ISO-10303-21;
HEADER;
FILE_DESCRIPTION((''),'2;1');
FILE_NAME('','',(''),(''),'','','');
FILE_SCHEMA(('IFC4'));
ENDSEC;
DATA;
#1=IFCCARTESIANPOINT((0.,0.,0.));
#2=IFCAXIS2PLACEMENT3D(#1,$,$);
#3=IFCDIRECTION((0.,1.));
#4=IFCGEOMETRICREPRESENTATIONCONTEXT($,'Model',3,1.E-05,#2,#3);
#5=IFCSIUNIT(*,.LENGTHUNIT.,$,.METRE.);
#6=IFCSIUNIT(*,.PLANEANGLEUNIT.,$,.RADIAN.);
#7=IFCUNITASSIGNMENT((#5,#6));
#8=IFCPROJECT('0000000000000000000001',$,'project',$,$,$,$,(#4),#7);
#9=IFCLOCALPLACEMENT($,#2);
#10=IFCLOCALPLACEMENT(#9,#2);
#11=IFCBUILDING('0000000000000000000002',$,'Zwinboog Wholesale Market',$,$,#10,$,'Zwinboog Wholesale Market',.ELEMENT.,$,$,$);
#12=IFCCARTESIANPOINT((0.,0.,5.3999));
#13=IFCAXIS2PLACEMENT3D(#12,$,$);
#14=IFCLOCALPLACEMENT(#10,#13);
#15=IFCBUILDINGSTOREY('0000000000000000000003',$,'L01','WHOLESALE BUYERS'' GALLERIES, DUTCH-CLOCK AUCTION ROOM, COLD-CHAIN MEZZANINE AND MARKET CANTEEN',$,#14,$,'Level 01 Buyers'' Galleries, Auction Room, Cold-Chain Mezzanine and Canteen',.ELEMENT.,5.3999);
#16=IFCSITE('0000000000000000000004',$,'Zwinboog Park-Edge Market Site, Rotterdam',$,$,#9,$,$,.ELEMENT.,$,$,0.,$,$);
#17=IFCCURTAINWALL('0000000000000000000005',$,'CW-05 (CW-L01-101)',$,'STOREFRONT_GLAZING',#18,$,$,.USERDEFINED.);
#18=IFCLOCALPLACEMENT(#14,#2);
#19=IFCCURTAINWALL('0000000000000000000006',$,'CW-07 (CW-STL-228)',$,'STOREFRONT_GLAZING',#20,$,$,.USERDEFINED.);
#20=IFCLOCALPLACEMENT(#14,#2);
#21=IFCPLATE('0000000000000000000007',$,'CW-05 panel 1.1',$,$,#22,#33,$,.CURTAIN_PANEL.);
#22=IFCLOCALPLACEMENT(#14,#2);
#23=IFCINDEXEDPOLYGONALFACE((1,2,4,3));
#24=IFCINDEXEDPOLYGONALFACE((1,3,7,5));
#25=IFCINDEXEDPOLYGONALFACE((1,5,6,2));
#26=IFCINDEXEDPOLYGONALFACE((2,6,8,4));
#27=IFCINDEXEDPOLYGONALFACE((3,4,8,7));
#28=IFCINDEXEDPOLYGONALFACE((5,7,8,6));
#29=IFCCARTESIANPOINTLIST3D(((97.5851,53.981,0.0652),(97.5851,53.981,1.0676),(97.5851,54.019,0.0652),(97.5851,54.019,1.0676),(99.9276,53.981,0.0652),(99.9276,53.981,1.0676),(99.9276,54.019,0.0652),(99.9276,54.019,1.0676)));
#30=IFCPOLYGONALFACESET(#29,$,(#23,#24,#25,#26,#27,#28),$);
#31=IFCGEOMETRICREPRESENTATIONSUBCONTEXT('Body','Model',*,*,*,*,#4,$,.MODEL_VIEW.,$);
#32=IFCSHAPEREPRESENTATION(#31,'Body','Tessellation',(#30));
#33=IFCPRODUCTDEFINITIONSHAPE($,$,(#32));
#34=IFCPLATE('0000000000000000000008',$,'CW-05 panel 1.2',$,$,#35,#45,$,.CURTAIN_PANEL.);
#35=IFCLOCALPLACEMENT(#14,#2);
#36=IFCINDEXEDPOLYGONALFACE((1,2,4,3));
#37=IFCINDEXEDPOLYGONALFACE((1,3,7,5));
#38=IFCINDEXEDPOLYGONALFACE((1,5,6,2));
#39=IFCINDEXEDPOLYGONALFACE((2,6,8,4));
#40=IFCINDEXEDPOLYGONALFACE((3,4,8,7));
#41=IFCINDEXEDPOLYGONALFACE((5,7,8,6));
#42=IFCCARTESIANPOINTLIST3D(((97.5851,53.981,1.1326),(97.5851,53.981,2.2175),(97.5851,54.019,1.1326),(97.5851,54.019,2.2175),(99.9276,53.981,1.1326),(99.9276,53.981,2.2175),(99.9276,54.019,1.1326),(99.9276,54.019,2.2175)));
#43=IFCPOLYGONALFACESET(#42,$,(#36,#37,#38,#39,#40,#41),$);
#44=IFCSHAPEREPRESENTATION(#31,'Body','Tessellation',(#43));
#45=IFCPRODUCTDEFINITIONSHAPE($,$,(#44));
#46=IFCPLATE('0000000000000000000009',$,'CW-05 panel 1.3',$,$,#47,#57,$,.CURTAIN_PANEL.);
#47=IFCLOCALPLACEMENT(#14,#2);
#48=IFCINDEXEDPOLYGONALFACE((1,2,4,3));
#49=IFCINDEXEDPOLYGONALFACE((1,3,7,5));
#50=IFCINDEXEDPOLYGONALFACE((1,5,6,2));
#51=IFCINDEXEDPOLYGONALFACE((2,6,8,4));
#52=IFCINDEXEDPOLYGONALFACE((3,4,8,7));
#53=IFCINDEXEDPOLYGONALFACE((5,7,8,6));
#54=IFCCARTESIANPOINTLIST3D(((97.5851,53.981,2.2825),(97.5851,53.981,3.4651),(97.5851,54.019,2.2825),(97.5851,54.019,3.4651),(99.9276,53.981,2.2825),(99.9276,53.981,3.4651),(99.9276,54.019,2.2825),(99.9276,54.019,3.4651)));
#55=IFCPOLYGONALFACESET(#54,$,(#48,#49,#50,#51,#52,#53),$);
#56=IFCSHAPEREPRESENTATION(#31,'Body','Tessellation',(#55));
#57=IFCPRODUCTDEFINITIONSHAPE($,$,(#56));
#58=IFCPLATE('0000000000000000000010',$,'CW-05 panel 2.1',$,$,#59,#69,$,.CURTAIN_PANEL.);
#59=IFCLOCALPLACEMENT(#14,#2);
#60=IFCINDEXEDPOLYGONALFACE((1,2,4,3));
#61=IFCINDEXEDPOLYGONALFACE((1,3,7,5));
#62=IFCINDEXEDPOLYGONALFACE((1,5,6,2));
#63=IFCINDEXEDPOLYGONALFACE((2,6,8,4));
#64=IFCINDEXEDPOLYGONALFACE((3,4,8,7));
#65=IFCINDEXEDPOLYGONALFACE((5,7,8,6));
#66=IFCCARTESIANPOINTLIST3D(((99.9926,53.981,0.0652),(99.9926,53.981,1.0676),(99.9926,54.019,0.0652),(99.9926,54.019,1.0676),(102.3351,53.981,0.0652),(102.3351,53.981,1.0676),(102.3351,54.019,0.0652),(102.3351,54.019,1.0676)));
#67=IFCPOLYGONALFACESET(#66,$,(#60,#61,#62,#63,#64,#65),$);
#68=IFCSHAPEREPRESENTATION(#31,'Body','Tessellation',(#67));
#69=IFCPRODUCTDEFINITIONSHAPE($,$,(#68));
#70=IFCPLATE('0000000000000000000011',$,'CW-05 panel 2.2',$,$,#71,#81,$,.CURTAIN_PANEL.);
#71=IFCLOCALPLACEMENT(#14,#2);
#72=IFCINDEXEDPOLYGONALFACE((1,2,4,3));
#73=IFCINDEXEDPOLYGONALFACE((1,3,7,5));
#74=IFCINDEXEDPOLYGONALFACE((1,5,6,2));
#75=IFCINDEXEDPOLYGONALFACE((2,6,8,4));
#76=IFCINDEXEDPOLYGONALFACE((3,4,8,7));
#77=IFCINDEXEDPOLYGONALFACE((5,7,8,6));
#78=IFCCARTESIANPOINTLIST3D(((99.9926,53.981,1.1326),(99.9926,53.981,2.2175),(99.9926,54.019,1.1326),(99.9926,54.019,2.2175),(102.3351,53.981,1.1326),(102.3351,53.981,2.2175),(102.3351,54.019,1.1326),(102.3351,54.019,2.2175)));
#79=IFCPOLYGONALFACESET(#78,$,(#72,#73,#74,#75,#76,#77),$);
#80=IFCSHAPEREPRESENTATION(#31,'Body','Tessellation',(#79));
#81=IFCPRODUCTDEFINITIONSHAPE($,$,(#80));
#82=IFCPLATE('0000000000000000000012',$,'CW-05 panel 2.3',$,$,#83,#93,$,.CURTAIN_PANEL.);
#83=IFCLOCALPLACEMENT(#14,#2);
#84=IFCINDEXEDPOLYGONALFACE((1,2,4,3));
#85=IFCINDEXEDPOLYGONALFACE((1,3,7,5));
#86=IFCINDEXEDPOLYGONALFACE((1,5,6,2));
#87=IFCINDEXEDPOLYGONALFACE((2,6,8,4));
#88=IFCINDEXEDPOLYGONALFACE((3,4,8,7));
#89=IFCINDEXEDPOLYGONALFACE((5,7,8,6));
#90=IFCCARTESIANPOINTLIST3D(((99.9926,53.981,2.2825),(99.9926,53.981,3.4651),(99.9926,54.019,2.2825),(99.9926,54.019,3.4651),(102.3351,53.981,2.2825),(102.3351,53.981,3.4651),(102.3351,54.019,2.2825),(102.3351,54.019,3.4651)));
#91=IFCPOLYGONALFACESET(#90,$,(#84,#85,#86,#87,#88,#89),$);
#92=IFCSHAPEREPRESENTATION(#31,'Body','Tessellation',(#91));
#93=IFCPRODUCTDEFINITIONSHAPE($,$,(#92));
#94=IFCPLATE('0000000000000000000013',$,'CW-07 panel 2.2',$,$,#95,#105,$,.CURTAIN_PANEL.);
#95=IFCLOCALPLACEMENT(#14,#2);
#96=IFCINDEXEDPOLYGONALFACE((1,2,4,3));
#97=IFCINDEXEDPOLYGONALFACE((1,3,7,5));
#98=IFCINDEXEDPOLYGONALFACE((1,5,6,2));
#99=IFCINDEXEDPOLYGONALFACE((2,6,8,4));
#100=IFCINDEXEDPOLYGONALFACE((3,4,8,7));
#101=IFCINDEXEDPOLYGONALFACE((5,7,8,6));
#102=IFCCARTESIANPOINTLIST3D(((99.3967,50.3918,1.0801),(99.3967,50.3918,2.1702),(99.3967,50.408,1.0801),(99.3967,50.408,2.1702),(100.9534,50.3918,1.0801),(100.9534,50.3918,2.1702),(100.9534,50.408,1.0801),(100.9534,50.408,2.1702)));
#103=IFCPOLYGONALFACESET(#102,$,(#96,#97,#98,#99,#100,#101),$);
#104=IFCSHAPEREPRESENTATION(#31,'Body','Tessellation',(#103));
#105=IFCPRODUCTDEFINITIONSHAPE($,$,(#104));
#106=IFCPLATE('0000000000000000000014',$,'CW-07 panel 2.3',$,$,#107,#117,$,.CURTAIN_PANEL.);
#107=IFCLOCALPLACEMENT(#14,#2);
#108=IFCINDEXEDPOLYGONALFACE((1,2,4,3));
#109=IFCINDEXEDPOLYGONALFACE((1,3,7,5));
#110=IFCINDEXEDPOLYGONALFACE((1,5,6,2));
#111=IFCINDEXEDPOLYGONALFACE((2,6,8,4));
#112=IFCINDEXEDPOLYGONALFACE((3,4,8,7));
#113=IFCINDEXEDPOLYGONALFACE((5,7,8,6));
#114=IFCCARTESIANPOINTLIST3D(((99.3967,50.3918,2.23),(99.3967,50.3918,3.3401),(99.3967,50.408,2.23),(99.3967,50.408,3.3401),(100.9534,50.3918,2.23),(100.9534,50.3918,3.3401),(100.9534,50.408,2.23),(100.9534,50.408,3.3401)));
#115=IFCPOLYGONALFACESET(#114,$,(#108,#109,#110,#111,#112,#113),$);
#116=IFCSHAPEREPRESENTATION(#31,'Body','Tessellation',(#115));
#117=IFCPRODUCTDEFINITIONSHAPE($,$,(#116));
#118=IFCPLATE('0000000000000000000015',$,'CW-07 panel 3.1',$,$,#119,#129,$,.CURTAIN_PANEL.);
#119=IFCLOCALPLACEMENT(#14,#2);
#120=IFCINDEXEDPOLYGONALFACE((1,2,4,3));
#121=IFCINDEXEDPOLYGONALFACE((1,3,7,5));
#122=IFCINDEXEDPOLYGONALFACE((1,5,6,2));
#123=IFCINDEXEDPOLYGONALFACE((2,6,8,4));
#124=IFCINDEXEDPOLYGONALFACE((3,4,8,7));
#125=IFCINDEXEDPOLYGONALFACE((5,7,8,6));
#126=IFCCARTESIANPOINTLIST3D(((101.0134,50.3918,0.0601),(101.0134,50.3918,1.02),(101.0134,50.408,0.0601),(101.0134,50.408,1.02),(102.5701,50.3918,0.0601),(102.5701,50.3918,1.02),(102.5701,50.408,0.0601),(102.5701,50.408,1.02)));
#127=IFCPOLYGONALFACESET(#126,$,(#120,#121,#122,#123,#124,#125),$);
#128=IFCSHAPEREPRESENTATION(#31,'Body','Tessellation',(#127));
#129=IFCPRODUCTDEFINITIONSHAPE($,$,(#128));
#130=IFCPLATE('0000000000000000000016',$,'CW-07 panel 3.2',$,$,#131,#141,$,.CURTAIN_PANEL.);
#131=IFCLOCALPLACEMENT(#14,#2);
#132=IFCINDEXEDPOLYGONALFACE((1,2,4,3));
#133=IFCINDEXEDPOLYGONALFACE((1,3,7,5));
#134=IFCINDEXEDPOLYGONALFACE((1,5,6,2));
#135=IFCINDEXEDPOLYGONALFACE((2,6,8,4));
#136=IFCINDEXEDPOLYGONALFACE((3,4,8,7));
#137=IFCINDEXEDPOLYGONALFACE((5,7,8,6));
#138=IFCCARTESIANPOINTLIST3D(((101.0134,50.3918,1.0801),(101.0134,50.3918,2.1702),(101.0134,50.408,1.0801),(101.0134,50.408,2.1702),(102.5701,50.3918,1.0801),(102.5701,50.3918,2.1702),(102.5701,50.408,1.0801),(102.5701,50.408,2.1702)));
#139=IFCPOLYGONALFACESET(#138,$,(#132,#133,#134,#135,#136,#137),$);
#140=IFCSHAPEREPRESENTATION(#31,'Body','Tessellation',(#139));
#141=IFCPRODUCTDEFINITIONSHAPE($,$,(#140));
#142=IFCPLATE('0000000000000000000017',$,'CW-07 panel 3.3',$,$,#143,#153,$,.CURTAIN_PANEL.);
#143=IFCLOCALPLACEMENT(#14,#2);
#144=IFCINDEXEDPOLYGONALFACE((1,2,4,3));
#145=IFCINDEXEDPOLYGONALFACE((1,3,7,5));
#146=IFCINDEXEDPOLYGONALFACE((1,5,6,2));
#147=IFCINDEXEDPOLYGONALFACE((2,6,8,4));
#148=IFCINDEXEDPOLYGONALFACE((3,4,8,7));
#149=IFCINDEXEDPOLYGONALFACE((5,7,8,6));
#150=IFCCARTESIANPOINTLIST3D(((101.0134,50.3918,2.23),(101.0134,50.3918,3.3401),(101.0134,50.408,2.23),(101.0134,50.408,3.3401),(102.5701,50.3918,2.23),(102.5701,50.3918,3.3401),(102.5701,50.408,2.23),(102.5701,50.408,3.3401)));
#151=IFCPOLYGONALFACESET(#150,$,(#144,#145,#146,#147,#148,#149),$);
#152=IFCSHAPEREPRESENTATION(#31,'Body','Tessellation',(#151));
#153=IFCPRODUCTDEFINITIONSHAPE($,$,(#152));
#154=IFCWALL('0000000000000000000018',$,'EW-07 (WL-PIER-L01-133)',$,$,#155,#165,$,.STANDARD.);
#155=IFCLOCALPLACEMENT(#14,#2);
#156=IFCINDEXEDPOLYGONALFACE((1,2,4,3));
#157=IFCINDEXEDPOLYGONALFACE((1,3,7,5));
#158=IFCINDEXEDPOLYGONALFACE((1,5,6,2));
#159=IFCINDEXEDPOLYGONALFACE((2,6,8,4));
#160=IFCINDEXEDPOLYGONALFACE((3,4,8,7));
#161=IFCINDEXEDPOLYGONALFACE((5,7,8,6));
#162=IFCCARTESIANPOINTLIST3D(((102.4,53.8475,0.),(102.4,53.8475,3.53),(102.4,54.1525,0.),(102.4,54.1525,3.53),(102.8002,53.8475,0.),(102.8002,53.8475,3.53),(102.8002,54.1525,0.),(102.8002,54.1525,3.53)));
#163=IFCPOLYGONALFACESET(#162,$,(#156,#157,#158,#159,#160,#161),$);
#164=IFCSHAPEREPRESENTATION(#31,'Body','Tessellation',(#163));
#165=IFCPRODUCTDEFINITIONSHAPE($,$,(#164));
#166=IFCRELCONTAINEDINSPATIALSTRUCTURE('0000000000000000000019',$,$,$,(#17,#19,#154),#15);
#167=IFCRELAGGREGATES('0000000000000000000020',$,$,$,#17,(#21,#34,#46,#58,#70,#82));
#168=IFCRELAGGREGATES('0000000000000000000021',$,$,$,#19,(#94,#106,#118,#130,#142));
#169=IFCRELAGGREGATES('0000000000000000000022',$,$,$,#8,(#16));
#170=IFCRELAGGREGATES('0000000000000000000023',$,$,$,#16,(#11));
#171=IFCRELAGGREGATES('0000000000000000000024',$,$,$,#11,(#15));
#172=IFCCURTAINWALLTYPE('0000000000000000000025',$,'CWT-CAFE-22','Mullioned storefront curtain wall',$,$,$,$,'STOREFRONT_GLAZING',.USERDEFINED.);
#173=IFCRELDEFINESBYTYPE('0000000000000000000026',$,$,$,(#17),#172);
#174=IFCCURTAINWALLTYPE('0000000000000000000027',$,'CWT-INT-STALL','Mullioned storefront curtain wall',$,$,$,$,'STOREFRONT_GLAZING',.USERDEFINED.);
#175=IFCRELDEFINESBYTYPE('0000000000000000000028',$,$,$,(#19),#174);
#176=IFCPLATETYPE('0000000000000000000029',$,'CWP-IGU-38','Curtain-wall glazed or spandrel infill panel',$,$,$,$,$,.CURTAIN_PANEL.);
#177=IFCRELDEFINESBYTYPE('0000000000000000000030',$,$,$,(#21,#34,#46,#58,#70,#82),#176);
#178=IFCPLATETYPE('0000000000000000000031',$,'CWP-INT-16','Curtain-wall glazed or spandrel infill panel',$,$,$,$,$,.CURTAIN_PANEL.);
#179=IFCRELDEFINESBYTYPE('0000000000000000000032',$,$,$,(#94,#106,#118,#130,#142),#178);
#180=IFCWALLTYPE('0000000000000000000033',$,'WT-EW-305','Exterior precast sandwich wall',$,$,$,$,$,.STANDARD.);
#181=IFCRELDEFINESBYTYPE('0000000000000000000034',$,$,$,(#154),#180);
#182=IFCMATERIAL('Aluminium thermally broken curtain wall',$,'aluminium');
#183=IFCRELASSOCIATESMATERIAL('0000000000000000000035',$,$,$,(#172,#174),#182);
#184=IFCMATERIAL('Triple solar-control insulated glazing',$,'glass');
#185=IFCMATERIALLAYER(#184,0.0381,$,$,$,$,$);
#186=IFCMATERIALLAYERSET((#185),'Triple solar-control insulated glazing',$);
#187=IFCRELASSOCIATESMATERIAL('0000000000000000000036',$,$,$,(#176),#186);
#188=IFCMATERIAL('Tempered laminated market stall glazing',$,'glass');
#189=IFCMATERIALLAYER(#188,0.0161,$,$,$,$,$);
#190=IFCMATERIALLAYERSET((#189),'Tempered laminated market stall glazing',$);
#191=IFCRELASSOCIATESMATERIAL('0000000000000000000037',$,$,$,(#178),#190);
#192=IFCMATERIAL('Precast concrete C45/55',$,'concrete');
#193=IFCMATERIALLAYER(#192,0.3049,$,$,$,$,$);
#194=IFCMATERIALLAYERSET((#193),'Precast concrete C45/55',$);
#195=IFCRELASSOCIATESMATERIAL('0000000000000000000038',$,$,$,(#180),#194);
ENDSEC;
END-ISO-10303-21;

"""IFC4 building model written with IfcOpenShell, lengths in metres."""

from ifc_helpers import new_model, si_unit, direction, frame, frame_2d, origin, origin_2d, place, context, subcontext, project, spatial, rectangle, extrude, material, layer, layer_set, type_object, element, aggregate, save


model = new_model("IFC4")

# Units and contexts
model_context = context("Model", 3, precision=1e-05, world=origin(), true_north=direction((0.0, 1.0)))
body_context = subcontext(model_context, "Body", "Model", "MODEL_VIEW")
ifc_project = project(units=[si_unit("LENGTHUNIT", "METRE"), si_unit("PLANEANGLEUNIT", "RADIAN")], contexts=[model_context])

# Site, building, storey
site_placement = place(None, origin())
site = spatial("IfcSite", under=ifc_project, at=site_placement, Name="Zwinboog Park-Edge Market Site, Rotterdam", CompositionType="ELEMENT", RefElevation=0.0)
building_placement = place(site_placement, origin())
building = spatial("IfcBuilding", under=site, at=building_placement, Name="Zwinboog Wholesale Market", LongName="Zwinboog Wholesale Market", CompositionType="ELEMENT")
storey_placement = place(building_placement, frame((0.0, 0.0, 5.3999)))
storey = spatial("IfcBuildingStorey", under=building, at=storey_placement, Name="L01", Description="WHOLESALE BUYERS' GALLERIES, DUTCH-CLOCK AUCTION ROOM, COLD-CHAIN MEZZANINE AND MARKET CANTEEN", LongName="Level 01 Buyers' Galleries, Auction Room, Cold-Chain Mezzanine and Canteen", CompositionType="ELEMENT", Elevation=5.3999)

# Shared definitions
ifc_material_1 = material(Name="Precast concrete C45/55", Category="concrete")

# Curtain wall
ifc_material_2 = material(Name="Aluminium thermally broken curtain wall", Category="aluminium")
curtain_wall_type_1 = type_object("IfcCurtainWallType", Name="CWT-CAFE-22", Description="Mullioned storefront curtain wall", ElementType="STOREFRONT_GLAZING", PredefinedType="USERDEFINED", material=ifc_material_2)
curtain_wall_1_placement = place(storey_placement, origin())
curtain_wall_1 = element("IfcCurtainWall", 1, at=curtain_wall_1_placement, inside=storey, type_object=curtain_wall_type_1, Name="CW-05 (CW-L01-101)", ObjectType="STOREFRONT_GLAZING", PredefinedType="USERDEFINED")

# Curtain wall
curtain_wall_type_2 = type_object("IfcCurtainWallType", Name="CWT-INT-STALL", Description="Mullioned storefront curtain wall", ElementType="STOREFRONT_GLAZING", PredefinedType="USERDEFINED", material=ifc_material_2)
curtain_wall_2_placement = place(storey_placement, origin())
curtain_wall_2 = element("IfcCurtainWall", 2, at=curtain_wall_2_placement, inside=storey, type_object=curtain_wall_type_2, Name="CW-07 (CW-STL-228)", ObjectType="STOREFRONT_GLAZING", PredefinedType="USERDEFINED")

# Plates
ifc_material_3 = material(Name="Triple solar-control insulated glazing", Category="glass")
ifc_layer_1 = layer(ifc_material_3, 0.0381)
ifc_layer_set_1 = layer_set([ifc_layer_1], Name="Triple solar-control insulated glazing")
plate_type_1 = type_object("IfcPlateType", Name="CWP-IGU-38", Description="Curtain-wall glazed or spandrel infill panel", PredefinedType="CURTAIN_PANEL", material=ifc_layer_set_1)
plate_1_placement = place(storey_placement, frame((98.7563, 54.0, 0.0652), z_axis=(0.0, 0.0, 1.0), x_axis=(1.0, 0.0, 0.0)))
plate_1 = element("IfcPlate", 3, at=plate_1_placement, type_object=plate_type_1, Name="CW-05 panel 1.1", PredefinedType="CURTAIN_PANEL", context=body_context, shape_type="SweptSolid", body=[
    extrude(rectangle(XDim=2.3425, YDim=0.0381, at=origin_2d()), origin(), (0.0, 0.0, 1.0), 1.0024),
])
plate_2_placement = place(storey_placement, frame((98.7563, 54.0, 1.1326), z_axis=(0.0, 0.0, 1.0), x_axis=(1.0, 0.0, 0.0)))
plate_2 = element("IfcPlate", 4, at=plate_2_placement, type_object=plate_type_1, Name="CW-05 panel 1.2", PredefinedType="CURTAIN_PANEL", context=body_context, shape_type="SweptSolid", body=[
    extrude(rectangle(XDim=2.3425, YDim=0.0381, at=origin_2d()), origin(), (0.0, 0.0, 1.0), 1.085),
])
plate_3_placement = place(storey_placement, frame((98.7563, 54.0, 2.2825), z_axis=(0.0, 0.0, 1.0), x_axis=(1.0, 0.0, 0.0)))
plate_3 = element("IfcPlate", 5, at=plate_3_placement, type_object=plate_type_1, Name="CW-05 panel 1.3", PredefinedType="CURTAIN_PANEL", context=body_context, shape_type="SweptSolid", body=[
    extrude(rectangle(XDim=2.3425, YDim=0.0381, at=origin_2d()), origin(), (0.0, 0.0, 1.0), 1.1826),
])
plate_4_placement = place(storey_placement, frame((101.1638, 54.0, 0.0652), z_axis=(0.0, 0.0, 1.0), x_axis=(1.0, 0.0, 0.0)))
plate_4 = element("IfcPlate", 6, at=plate_4_placement, type_object=plate_type_1, Name="CW-05 panel 2.1", PredefinedType="CURTAIN_PANEL", context=body_context, shape_type="SweptSolid", body=[
    extrude(rectangle(XDim=2.3425, YDim=0.0381, at=origin_2d()), origin(), (0.0, 0.0, 1.0), 1.0024),
])
plate_5_placement = place(storey_placement, frame((101.1638, 54.0, 1.1326), z_axis=(0.0, 0.0, 1.0), x_axis=(1.0, 0.0, 0.0)))
plate_5 = element("IfcPlate", 7, at=plate_5_placement, type_object=plate_type_1, Name="CW-05 panel 2.2", PredefinedType="CURTAIN_PANEL", context=body_context, shape_type="SweptSolid", body=[
    extrude(rectangle(XDim=2.3425, YDim=0.0381, at=origin_2d()), origin(), (0.0, 0.0, 1.0), 1.085),
])
plate_6_placement = place(storey_placement, frame((101.1638, 54.0, 2.2825), z_axis=(0.0, 0.0, 1.0), x_axis=(1.0, 0.0, 0.0)))
plate_6 = element("IfcPlate", 8, at=plate_6_placement, type_object=plate_type_1, Name="CW-05 panel 2.3", PredefinedType="CURTAIN_PANEL", context=body_context, shape_type="SweptSolid", body=[
    extrude(rectangle(XDim=2.3425, YDim=0.0381, at=origin_2d()), origin(), (0.0, 0.0, 1.0), 1.1826),
])
aggregate(curtain_wall_1, [plate_1, plate_2, plate_3, plate_4, plate_5, plate_6])
ifc_material_4 = material(Name="Tempered laminated market stall glazing", Category="glass")
ifc_layer_2 = layer(ifc_material_4, 0.0161)
ifc_layer_set_2 = layer_set([ifc_layer_2], Name="Tempered laminated market stall glazing")
plate_type_2 = type_object("IfcPlateType", Name="CWP-INT-16", Description="Curtain-wall glazed or spandrel infill panel", PredefinedType="CURTAIN_PANEL", material=ifc_layer_set_2)
plate_7_placement = place(storey_placement, frame((100.175, 50.3999, 1.0801), z_axis=(0.0, 0.0, 1.0), x_axis=(1.0, 0.0, 0.0)))
plate_7 = element("IfcPlate", 9, at=plate_7_placement, type_object=plate_type_2, Name="CW-07 panel 2.2", PredefinedType="CURTAIN_PANEL", context=body_context, shape_type="SweptSolid", body=[
    extrude(rectangle(XDim=1.5566, YDim=0.0161, at=origin_2d()), origin(), (0.0, 0.0, 1.0), 1.0901),
])
plate_8_placement = place(storey_placement, frame((100.175, 50.3999, 2.23), z_axis=(0.0, 0.0, 1.0), x_axis=(1.0, 0.0, 0.0)))
plate_8 = element("IfcPlate", 10, at=plate_8_placement, type_object=plate_type_2, Name="CW-07 panel 2.3", PredefinedType="CURTAIN_PANEL", context=body_context, shape_type="SweptSolid", body=[
    extrude(rectangle(XDim=1.5566, YDim=0.0161, at=origin_2d()), origin(), (0.0, 0.0, 1.0), 1.1101),
])
plate_9_placement = place(storey_placement, frame((101.7917, 50.3999, 0.0601), z_axis=(0.0, 0.0, 1.0), x_axis=(1.0, 0.0, 0.0)))
plate_9 = element("IfcPlate", 11, at=plate_9_placement, type_object=plate_type_2, Name="CW-07 panel 3.1", PredefinedType="CURTAIN_PANEL", context=body_context, shape_type="SweptSolid", body=[
    extrude(rectangle(XDim=1.5566, YDim=0.0161, at=origin_2d()), origin(), (0.0, 0.0, 1.0), 0.96),
])
plate_10_placement = place(storey_placement, frame((101.7917, 50.3999, 1.0801), z_axis=(0.0, 0.0, 1.0), x_axis=(1.0, 0.0, 0.0)))
plate_10 = element("IfcPlate", 12, at=plate_10_placement, type_object=plate_type_2, Name="CW-07 panel 3.2", PredefinedType="CURTAIN_PANEL", context=body_context, shape_type="SweptSolid", body=[
    extrude(rectangle(XDim=1.5566, YDim=0.0161, at=origin_2d()), origin(), (0.0, 0.0, 1.0), 1.0901),
])
plate_11_placement = place(storey_placement, frame((101.7917, 50.3999, 2.23), z_axis=(0.0, 0.0, 1.0), x_axis=(1.0, 0.0, 0.0)))
plate_11 = element("IfcPlate", 13, at=plate_11_placement, type_object=plate_type_2, Name="CW-07 panel 3.3", PredefinedType="CURTAIN_PANEL", context=body_context, shape_type="SweptSolid", body=[
    extrude(rectangle(XDim=1.5566, YDim=0.0161, at=origin_2d()), origin(), (0.0, 0.0, 1.0), 1.1101),
])
aggregate(curtain_wall_2, [plate_7, plate_8, plate_9, plate_10, plate_11])

# Wall
ifc_layer_3 = layer(ifc_material_1, 0.3049)
ifc_layer_set_3 = layer_set([ifc_layer_3], Name="Precast concrete C45/55")
wall_type = type_object("IfcWallType", Name="WT-EW-305", Description="Exterior precast sandwich wall", PredefinedType="STANDARD", material=ifc_layer_set_3)
wall_placement = place(storey_placement, frame((102.3999, 54.0, 0.0), z_axis=(0.0, 0.0, 1.0), x_axis=(1.0, 0.0, 0.0)))
element("IfcWall", 14, at=wall_placement, inside=storey, type_object=wall_type, Name="EW-07 (WL-PIER-L01-133)", PredefinedType="STANDARD", context=body_context, shape_type="SweptSolid", body=[
    extrude(rectangle(XDim=0.4001, YDim=0.3049, at=frame_2d((0.2002, 0.0))), origin(), (0.0, 0.0, 1.0), 3.53),
])

save(model, "model.ifc")
